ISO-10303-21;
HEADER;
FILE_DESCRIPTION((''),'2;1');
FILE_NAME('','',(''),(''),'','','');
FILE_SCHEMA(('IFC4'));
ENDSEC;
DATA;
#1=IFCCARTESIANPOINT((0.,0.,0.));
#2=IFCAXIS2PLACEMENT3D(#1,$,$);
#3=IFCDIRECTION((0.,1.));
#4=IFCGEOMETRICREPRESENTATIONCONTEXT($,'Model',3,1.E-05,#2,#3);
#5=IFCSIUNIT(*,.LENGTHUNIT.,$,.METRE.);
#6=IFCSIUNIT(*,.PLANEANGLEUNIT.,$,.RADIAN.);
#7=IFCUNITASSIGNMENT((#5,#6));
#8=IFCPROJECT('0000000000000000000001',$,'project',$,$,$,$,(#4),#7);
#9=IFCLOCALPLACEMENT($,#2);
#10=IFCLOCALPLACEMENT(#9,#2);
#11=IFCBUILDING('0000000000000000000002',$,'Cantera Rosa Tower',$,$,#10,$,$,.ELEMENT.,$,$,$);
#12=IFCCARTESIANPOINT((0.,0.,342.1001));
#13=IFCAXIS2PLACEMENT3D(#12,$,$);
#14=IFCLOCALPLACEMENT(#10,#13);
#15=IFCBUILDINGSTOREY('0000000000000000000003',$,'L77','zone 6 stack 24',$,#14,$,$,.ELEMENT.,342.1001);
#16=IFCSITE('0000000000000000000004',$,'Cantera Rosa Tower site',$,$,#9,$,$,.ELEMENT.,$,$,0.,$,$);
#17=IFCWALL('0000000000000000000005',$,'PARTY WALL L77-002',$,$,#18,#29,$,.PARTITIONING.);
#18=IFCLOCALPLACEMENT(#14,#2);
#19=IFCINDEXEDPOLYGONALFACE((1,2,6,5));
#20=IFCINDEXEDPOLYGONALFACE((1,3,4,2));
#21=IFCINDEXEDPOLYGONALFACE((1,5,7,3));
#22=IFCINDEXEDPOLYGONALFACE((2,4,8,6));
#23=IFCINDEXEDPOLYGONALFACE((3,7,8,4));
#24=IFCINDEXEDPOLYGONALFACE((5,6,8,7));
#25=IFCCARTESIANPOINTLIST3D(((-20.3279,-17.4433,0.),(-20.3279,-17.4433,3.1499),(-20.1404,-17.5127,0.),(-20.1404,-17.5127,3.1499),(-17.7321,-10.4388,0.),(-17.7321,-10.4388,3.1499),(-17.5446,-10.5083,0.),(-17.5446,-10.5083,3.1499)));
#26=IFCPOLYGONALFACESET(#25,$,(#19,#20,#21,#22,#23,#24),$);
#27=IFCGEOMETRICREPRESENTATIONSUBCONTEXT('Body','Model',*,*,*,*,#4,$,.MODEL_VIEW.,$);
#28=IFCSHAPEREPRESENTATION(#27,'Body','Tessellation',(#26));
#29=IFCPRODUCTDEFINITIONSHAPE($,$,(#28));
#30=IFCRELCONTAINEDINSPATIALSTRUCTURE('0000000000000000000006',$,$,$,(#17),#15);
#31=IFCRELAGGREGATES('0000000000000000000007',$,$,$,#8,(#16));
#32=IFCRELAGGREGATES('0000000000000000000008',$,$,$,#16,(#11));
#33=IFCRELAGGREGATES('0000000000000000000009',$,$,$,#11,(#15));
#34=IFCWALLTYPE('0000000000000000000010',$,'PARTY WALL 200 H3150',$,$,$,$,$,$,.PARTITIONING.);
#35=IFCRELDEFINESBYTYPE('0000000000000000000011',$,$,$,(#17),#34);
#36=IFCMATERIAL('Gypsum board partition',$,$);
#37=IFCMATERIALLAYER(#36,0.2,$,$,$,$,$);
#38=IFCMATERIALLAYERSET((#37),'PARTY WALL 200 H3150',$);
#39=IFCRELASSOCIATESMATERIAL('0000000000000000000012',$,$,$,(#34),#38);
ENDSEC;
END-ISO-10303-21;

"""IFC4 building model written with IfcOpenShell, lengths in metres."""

from ifc_helpers import new_model, si_unit, direction, frame, frame_2d, origin, place, context, subcontext, project, spatial, rectangle, extrude, material, layer, layer_set, type_object, element, save


model = new_model("IFC4")

# Units and contexts
model_context = context("Model", 3, precision=1e-05, world=origin(), true_north=direction((0.0, 1.0)))
body_context = subcontext(model_context, "Body", "Model", "MODEL_VIEW")
ifc_project = project(units=[si_unit("LENGTHUNIT", "METRE"), si_unit("PLANEANGLEUNIT", "RADIAN")], contexts=[model_context])

# Site, building, storey
site_placement = place(None, origin())
site = spatial("IfcSite", under=ifc_project, at=site_placement, Name="Cantera Rosa Tower site", CompositionType="ELEMENT", RefElevation=0.0)
building_placement = place(site_placement, origin())
building = spatial("IfcBuilding", under=site, at=building_placement, Name="Cantera Rosa Tower", CompositionType="ELEMENT")
storey_placement = place(building_placement, frame((0.0, 0.0, 342.1001)))
storey = spatial("IfcBuildingStorey", under=building, at=storey_placement, Name="L77", Description="zone 6 stack 24", CompositionType="ELEMENT", Elevation=342.1001)

# Wall
ifc_material_1 = material(Name="Gypsum board partition")
ifc_layer_1 = layer(ifc_material_1, 0.2)
ifc_layer_set_1 = layer_set([ifc_layer_1], Name="PARTY WALL 200 H3150")
wall_type_1 = type_object("IfcWallType", Name="PARTY WALL 200 H3150", PredefinedType="PARTITIONING", material=ifc_layer_set_1)
wall_1_placement = place(storey_placement, frame((-17.6384, -10.4736, 0.0), z_axis=(0.0, 0.0, 1.0), x_axis=(-0.347489, -0.937684, 0.0)))
element("IfcWall", 1, at=wall_1_placement, inside=storey, type_object=wall_type_1, Name="PARTY WALL L77-002", PredefinedType="PARTITIONING", context=body_context, shape_type="SweptSolid", body=[
    extrude(rectangle(XDim=7.47, YDim=0.2, at=frame_2d((3.7349, 0.0))), origin(), (0.0, 0.0, 1.0), 3.1499),
])

save(model, "model.ifc")
